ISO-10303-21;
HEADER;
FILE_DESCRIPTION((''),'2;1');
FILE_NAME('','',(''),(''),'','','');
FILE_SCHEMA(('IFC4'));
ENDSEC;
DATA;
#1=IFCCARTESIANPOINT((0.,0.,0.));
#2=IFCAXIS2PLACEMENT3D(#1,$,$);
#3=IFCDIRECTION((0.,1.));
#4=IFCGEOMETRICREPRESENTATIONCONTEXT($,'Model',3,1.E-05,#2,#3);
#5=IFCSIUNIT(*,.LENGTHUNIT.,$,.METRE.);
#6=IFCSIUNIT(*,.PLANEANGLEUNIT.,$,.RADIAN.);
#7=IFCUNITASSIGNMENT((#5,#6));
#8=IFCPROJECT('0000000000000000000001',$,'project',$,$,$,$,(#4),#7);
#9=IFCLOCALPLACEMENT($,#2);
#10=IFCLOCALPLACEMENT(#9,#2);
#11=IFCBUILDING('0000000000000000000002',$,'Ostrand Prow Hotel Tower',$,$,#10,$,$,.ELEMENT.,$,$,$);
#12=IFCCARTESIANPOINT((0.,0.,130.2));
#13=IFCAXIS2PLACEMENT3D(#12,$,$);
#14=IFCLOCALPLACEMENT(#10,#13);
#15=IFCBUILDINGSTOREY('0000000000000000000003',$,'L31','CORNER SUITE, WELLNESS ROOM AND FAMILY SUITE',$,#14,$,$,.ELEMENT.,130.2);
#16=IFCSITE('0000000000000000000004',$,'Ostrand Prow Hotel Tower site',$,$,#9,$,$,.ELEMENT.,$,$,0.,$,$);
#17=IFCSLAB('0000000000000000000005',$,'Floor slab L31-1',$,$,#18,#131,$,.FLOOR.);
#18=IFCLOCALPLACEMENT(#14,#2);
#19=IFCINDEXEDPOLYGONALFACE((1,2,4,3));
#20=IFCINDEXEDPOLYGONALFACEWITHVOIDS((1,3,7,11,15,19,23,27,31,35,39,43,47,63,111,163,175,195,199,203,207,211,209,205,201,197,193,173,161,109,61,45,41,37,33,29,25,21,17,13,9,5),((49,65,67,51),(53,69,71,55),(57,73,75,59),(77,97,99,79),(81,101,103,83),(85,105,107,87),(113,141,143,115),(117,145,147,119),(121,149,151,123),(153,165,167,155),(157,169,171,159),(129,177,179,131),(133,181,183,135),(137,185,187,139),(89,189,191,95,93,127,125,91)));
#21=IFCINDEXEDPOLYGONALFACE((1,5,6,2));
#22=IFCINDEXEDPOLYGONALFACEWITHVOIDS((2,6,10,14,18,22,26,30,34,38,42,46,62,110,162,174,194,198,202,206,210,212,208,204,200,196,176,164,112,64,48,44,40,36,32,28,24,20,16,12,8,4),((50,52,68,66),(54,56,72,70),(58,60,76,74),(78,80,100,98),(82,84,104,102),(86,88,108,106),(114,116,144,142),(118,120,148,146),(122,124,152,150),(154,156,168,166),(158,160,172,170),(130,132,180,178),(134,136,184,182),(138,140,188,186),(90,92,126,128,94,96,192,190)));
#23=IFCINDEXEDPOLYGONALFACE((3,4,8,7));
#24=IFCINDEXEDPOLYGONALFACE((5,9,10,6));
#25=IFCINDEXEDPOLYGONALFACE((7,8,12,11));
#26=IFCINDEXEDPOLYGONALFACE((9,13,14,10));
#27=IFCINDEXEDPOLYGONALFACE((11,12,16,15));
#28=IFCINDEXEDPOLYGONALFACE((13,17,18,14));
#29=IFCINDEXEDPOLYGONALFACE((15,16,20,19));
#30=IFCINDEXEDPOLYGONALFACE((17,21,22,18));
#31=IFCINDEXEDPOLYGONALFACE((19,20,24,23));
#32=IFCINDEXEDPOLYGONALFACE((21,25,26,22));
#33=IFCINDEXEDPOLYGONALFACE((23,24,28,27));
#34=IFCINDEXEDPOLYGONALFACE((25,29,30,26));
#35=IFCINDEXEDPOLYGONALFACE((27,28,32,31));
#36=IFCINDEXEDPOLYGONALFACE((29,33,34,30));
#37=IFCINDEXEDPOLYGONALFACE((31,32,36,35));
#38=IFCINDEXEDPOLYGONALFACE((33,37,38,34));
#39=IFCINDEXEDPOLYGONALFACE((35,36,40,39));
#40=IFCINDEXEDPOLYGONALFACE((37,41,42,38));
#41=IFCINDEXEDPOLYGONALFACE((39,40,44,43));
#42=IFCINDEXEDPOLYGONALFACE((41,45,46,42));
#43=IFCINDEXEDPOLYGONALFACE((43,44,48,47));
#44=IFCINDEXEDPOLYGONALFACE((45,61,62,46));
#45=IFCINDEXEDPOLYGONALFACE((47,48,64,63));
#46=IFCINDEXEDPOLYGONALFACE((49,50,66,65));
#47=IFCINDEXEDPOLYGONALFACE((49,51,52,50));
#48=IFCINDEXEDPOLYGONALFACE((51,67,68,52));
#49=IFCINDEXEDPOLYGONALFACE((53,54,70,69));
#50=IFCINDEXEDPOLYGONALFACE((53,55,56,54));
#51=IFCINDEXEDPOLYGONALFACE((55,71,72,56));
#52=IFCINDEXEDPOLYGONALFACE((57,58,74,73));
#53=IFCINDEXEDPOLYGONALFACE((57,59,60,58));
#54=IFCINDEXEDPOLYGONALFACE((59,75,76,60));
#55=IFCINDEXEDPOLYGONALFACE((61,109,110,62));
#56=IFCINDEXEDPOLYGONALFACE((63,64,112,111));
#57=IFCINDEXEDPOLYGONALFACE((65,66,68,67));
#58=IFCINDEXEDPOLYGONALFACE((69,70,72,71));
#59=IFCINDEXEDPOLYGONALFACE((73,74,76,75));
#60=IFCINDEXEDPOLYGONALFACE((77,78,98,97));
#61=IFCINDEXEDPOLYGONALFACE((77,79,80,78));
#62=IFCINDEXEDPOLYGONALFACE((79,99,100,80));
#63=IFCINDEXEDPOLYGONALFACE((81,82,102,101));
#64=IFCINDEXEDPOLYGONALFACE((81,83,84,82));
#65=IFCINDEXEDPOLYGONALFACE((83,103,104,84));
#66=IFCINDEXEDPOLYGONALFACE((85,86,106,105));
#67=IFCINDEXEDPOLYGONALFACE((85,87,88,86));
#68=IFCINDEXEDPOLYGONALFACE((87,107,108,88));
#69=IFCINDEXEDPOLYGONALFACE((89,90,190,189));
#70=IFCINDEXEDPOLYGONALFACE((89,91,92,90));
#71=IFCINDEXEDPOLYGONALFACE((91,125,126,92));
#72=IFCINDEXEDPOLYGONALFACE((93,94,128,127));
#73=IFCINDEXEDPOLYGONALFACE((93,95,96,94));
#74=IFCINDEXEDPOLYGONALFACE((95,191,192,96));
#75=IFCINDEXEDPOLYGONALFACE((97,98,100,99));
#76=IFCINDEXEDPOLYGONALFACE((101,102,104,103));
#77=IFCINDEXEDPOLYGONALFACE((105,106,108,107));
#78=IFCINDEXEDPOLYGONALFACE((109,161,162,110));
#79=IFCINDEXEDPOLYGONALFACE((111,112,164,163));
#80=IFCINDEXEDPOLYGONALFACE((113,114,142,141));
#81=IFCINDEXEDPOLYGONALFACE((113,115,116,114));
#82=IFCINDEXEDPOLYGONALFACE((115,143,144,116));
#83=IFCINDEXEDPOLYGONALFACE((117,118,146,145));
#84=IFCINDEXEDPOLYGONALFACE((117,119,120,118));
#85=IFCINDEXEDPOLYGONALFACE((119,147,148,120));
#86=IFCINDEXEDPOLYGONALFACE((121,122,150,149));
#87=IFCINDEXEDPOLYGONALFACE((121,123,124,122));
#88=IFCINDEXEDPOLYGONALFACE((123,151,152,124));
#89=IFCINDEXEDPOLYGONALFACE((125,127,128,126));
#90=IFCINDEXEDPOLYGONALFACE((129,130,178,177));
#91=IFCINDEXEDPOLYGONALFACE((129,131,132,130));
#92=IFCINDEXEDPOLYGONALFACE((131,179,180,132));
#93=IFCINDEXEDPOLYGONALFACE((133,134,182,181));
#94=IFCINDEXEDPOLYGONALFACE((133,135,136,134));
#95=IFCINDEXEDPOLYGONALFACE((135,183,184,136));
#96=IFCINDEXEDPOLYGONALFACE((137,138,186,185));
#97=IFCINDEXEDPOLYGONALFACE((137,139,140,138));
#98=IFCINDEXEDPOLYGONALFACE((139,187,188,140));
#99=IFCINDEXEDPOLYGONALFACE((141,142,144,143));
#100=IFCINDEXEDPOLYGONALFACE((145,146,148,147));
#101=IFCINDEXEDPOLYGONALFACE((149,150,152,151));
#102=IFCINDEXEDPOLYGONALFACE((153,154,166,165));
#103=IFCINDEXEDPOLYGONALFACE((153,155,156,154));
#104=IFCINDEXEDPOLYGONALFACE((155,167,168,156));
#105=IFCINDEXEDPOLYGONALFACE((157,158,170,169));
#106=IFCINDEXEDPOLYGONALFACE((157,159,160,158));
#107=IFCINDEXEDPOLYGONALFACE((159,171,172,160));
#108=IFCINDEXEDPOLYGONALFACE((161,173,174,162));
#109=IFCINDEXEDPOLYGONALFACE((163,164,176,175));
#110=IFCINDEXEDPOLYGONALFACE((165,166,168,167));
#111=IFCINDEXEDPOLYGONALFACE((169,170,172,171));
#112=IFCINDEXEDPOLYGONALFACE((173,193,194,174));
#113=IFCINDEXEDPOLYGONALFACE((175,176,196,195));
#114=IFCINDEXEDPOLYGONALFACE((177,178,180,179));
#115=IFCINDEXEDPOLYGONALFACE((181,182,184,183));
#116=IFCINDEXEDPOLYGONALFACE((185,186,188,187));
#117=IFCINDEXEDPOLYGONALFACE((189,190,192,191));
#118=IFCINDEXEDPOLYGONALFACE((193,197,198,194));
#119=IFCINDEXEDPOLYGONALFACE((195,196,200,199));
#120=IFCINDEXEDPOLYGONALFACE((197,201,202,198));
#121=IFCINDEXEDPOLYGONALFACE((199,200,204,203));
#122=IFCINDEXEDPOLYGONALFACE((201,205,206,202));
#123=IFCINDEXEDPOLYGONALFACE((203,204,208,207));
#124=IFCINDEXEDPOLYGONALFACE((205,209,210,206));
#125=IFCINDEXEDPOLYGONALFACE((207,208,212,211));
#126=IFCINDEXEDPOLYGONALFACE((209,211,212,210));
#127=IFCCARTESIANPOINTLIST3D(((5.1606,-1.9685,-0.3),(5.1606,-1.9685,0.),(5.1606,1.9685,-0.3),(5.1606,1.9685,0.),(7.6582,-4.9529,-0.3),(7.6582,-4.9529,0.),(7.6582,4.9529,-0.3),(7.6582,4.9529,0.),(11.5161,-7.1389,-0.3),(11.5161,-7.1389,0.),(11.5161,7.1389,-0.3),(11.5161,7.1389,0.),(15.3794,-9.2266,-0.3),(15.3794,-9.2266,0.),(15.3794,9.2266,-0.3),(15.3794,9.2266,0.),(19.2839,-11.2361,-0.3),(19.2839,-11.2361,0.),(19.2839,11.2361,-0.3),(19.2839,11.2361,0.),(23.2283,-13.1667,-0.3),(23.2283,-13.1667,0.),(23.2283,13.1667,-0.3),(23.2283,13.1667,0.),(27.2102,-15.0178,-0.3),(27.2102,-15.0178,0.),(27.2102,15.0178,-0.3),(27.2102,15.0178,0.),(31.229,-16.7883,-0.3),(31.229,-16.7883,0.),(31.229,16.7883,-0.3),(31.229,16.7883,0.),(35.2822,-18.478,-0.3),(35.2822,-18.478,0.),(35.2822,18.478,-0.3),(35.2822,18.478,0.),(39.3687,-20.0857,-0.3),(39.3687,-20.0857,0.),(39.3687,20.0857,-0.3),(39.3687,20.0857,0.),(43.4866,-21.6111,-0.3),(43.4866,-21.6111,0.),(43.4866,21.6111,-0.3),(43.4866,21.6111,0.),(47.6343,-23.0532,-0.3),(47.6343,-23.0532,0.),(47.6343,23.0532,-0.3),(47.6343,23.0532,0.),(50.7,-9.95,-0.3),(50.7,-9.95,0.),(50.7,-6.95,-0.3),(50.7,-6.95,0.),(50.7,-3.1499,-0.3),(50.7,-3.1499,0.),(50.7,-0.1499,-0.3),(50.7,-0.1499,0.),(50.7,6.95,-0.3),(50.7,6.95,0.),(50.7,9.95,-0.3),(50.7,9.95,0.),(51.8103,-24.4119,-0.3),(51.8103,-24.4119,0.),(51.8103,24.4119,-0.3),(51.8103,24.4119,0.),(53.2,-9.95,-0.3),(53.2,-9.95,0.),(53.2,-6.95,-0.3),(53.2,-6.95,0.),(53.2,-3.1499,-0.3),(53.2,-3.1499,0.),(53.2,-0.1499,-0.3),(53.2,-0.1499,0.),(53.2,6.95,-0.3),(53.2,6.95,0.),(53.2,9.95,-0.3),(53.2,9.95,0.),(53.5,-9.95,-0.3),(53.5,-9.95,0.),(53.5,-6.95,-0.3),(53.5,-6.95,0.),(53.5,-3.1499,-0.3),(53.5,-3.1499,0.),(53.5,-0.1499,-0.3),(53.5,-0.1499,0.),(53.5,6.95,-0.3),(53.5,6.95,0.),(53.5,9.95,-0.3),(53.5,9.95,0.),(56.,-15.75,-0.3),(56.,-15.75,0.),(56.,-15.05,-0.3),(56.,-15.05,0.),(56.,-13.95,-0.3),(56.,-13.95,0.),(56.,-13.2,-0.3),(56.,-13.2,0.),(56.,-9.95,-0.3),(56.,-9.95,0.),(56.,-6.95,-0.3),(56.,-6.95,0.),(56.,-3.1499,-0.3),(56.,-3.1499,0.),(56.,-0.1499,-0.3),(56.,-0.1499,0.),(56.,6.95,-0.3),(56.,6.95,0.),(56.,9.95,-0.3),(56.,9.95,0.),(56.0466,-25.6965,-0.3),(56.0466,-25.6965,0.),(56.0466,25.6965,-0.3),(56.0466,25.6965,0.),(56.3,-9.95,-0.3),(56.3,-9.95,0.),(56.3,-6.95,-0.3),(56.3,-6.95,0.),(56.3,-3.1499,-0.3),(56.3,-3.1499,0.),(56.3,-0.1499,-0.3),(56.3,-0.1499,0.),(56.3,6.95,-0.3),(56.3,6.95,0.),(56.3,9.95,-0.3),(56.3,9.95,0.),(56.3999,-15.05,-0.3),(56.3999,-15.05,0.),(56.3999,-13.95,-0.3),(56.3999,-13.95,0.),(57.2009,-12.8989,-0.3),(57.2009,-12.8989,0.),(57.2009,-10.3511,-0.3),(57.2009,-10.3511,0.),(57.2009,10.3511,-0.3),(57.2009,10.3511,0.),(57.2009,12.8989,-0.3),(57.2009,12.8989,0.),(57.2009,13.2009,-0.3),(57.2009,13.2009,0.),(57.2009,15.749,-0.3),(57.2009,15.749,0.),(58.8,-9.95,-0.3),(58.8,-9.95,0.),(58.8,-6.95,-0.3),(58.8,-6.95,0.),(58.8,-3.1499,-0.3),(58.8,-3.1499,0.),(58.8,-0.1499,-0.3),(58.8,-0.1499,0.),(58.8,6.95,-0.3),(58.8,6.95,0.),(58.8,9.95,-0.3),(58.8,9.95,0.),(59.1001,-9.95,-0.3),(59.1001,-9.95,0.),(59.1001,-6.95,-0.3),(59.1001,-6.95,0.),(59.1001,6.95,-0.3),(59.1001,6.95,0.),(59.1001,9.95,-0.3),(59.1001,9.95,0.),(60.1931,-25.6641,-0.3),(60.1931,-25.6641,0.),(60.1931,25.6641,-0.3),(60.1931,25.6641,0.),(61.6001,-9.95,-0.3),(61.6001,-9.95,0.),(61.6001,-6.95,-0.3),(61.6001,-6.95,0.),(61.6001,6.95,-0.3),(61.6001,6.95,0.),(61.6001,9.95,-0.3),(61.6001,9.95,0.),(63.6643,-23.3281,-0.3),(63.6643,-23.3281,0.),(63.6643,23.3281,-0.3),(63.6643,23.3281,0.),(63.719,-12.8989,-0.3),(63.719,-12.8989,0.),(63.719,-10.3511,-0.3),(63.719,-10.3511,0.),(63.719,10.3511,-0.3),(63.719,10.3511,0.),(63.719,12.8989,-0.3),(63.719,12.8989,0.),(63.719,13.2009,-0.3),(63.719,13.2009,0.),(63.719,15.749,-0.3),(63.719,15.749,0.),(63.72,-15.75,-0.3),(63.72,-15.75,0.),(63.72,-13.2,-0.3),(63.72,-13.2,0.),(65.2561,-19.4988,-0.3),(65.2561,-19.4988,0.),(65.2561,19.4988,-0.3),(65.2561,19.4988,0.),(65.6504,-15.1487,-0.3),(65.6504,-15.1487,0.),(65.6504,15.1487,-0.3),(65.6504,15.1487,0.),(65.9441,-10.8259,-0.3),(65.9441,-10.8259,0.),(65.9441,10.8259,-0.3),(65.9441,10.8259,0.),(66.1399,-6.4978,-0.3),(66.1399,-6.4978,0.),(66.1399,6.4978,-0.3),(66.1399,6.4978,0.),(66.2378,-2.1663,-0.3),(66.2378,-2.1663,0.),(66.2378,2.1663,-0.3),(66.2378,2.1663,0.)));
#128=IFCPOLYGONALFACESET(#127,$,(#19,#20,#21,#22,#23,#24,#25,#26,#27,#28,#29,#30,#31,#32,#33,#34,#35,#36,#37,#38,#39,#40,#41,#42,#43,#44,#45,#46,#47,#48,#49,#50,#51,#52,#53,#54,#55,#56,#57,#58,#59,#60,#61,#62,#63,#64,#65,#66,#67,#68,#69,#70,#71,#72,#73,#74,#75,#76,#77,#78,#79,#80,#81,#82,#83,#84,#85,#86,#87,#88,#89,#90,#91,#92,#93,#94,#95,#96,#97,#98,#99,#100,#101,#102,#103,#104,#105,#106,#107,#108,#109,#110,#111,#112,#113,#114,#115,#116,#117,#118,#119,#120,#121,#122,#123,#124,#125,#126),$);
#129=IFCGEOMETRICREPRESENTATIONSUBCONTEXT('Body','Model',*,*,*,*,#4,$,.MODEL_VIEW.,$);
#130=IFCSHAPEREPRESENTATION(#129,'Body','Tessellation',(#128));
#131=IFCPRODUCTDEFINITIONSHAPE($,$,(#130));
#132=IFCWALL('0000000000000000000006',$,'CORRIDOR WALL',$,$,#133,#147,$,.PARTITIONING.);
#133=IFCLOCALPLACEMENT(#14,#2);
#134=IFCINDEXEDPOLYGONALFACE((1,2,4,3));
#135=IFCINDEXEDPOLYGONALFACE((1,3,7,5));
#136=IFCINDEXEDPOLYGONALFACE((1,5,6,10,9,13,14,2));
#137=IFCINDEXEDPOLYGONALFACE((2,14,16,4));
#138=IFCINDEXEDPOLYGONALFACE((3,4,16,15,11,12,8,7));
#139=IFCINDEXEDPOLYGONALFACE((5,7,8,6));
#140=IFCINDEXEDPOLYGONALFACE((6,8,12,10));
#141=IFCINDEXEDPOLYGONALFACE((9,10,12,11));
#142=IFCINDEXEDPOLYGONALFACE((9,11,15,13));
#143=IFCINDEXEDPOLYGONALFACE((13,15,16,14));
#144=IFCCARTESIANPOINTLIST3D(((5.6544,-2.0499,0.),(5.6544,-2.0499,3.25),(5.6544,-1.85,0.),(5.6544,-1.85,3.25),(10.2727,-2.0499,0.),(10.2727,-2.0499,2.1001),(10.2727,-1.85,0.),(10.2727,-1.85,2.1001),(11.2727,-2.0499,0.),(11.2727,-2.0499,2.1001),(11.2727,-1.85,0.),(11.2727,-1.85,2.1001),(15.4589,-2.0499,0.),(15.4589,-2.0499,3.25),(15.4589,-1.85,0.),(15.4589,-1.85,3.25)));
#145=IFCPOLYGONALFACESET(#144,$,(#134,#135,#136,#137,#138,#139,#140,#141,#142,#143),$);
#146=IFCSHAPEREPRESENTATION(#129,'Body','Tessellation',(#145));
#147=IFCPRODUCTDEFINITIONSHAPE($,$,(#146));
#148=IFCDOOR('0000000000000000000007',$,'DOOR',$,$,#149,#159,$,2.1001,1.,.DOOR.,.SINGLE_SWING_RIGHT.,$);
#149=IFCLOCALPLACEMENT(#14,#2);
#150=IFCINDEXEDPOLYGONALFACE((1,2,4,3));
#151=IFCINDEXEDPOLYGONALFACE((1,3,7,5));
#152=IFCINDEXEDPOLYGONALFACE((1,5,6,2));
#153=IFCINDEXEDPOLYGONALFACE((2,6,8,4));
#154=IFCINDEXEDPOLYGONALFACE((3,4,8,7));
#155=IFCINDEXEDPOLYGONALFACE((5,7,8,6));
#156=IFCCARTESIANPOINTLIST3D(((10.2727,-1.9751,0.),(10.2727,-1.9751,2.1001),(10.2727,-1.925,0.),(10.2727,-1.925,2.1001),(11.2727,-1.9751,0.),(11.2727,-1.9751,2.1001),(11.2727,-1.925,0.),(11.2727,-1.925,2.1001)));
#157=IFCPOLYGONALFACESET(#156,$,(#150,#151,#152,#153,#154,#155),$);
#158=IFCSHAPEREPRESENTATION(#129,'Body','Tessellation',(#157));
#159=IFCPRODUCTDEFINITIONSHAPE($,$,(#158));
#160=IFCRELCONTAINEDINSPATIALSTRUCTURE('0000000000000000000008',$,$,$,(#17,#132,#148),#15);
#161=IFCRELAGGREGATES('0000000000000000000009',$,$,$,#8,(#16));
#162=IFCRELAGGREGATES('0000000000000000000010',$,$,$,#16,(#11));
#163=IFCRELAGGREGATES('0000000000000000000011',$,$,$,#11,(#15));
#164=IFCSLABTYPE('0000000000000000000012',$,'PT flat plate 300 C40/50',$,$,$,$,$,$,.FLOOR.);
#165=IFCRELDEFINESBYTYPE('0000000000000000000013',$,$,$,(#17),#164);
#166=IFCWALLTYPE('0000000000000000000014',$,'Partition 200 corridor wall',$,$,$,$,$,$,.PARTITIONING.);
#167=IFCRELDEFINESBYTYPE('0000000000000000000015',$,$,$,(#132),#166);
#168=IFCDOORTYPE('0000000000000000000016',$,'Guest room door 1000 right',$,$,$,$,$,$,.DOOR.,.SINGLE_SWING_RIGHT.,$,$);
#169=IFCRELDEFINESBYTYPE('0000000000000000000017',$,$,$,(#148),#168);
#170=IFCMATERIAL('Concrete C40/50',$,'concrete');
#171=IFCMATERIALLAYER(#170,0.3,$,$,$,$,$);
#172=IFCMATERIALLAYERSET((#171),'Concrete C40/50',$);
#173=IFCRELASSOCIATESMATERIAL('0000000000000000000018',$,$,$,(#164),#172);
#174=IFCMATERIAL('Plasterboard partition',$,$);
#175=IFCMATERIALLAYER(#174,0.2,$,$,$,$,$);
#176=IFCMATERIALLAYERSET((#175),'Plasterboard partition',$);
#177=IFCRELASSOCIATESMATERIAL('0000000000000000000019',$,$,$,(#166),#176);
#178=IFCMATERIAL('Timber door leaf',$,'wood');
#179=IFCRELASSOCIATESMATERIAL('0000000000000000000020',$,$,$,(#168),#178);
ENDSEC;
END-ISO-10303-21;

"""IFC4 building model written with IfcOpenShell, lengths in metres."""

from ifc_helpers import new_model, si_unit, direction, frame, frame_2d, origin, place, context, subcontext, project, spatial, polyline, rectangle, outline, extrude, material, layer, layer_set, type_object, element, fill, save


model = new_model("IFC4")

# Units and contexts
model_context = context("Model", 3, precision=1e-05, world=origin(), true_north=direction((0.0, 1.0)))
body_context = subcontext(model_context, "Body", "Model", "MODEL_VIEW")
ifc_project = project(units=[si_unit("LENGTHUNIT", "METRE"), si_unit("PLANEANGLEUNIT", "RADIAN")], contexts=[model_context])

# Site, building, storey
site_placement = place(None, origin())
site = spatial("IfcSite", under=ifc_project, at=site_placement, Name="Ostrand Prow Hotel Tower site", CompositionType="ELEMENT", RefElevation=0.0)
building_placement = place(site_placement, origin())
building = spatial("IfcBuilding", under=site, at=building_placement, Name="Ostrand Prow Hotel Tower", CompositionType="ELEMENT")
storey_placement = place(building_placement, frame((0.0, 0.0, 130.2)))
storey = spatial("IfcBuildingStorey", under=building, at=storey_placement, Name="L31", Description="CORNER SUITE, WELLNESS ROOM AND FAMILY SUITE", CompositionType="ELEMENT", Elevation=130.2)

# Slab, opening
ifc_material_1 = material(Name="Concrete C40/50", Category="concrete")
ifc_layer_1 = layer(ifc_material_1, 0.3)
ifc_layer_set_1 = layer_set([ifc_layer_1], Name="Concrete C40/50")
slab_type = type_object("IfcSlabType", Name="PT flat plate 300 C40/50", PredefinedType="FLOOR", material=ifc_layer_set_1)
slab_placement = place(storey_placement, frame((0.0, 0.0, -0.3)))
slab = element("IfcSlab", 1, at=slab_placement, inside=storey, type_object=slab_type, Name="Floor slab L31-1", PredefinedType="FLOOR", context=body_context, shape_type="SweptSolid", body=[
    extrude(outline(polyline([(7.6582, 4.9529), (11.5161, 7.1389), (15.3794, 9.2266), (19.2839, 11.2361), (23.2283, 13.1667), (27.2102, 15.0178), (31.229, 16.7883), (35.2822, 18.478), (39.3687, 20.0857), (43.4866, 21.6111), (47.6343, 23.0532), (51.8103, 24.4119), (56.0466, 25.6965), (60.1931, 25.6641), (63.6643, 23.3281), (65.2561, 19.4988), (65.6504, 15.1487), (65.9441, 10.8259), (66.1399, 6.4978), (66.2378, 2.1663), (66.2378, -2.1663), (66.1399, -6.4978), (65.9441, -10.8259), (65.6504, -15.1487), (65.2561, -19.4988), (63.6643, -23.3281), (60.1931, -25.6641), (56.0466, -25.6965), (51.8103, -24.4119), (47.6343, -23.0532), (43.4866, -21.6111), (39.3687, -20.0857), (35.2822, -18.478), (31.229, -16.7883), (27.2102, -15.0178), (23.2283, -13.1667), (19.2839, -11.2361), (15.3794, -9.2266), (11.5161, -7.1389), (7.6582, -4.9529), (5.1606, -1.9685), (5.1606, 1.9685), (7.6582, 4.9529)]), holes=[polyline([(50.7, 6.95), (53.2, 6.95), (53.2, 9.95), (50.7, 9.95), (50.7, 6.95)]), polyline([(53.5, 6.95), (56.0, 6.95), (56.0, 9.95), (53.5, 9.95), (53.5, 6.95)]), polyline([(56.3, 6.95), (58.8, 6.95), (58.8, 9.95), (56.3, 9.95), (56.3, 6.95)]), polyline([(59.1001, 6.95), (61.6001, 6.95), (61.6001, 9.95), (59.1001, 9.95), (59.1001, 6.95)]), polyline([(50.7, -3.1499), (53.2, -3.1499), (53.2, -0.1499), (50.7, -0.1499), (50.7, -3.1499)]), polyline([(53.5, -3.1499), (56.0, -3.1499), (56.0, -0.1499), (53.5, -0.1499), (53.5, -3.1499)]), polyline([(56.3, -3.1499), (58.8, -3.1499), (58.8, -0.1499), (56.3, -0.1499), (56.3, -3.1499)]), polyline([(50.7, -9.95), (53.2, -9.95), (53.2, -6.95), (50.7, -6.95), (50.7, -9.95)]), polyline([(53.5, -9.95), (56.0, -9.95), (56.0, -6.95), (53.5, -6.95), (53.5, -9.95)]), polyline([(56.3, -9.95), (58.8, -9.95), (58.8, -6.95), (56.3, -6.95), (56.3, -9.95)]), polyline([(59.1001, -9.95), (61.6001, -9.95), (61.6001, -6.95), (59.1001, -6.95), (59.1001, -9.95)]), polyline([(57.2009, 10.3511), (57.2009, 12.8989), (63.719, 12.8989), (63.719, 10.3511), (57.2009, 10.3511)]), polyline([(57.2009, 13.2009), (57.2009, 15.749), (63.719, 15.749), (63.719, 13.2009), (57.2009, 13.2009)]), polyline([(57.2009, -12.8989), (57.2009, -10.3511), (63.719, -10.3511), (63.719, -12.8989), (57.2009, -12.8989)]), polyline([(56.0, -13.2), (63.72, -13.2), (63.72, -15.75), (56.0, -15.75), (56.0, -15.05), (56.3999, -15.05), (56.3999, -13.95), (56.0, -13.95), (56.0, -13.2)])]), origin(), (0.0, 0.0, 1.0), 0.3),
])
opening_1_placement = place(slab_placement, origin())
element("IfcOpeningElement", 2, at=opening_1_placement, cuts=slab, PredefinedType="OPENING", context=body_context, shape_type="SweptSolid", body=[
    extrude(outline(polyline([(56.0, -13.2), (63.72, -13.2), (63.72, -15.75), (56.0, -15.75), (56.0, -15.05), (56.3999, -15.05), (56.3999, -13.95), (56.0, -13.95), (56.0, -13.2)])), origin(), (0.0, 0.0, 1.0), 0.3),
])

# Wall, opening, door
ifc_material_2 = material(Name="Plasterboard partition")
ifc_layer_2 = layer(ifc_material_2, 0.2)
ifc_layer_set_2 = layer_set([ifc_layer_2], Name="Plasterboard partition")
wall_type_1 = type_object("IfcWallType", Name="Partition 200 corridor wall", PredefinedType="PARTITIONING", material=ifc_layer_set_2)
wall_1_placement = place(storey_placement, frame((5.6543, -1.95, 0.0), z_axis=(0.0, 0.0, 1.0), x_axis=(1.0, 0.0, 0.0)))
wall_1 = element("IfcWall", 3, at=wall_1_placement, inside=storey, type_object=wall_type_1, Name="CORRIDOR WALL", PredefinedType="PARTITIONING", context=body_context, shape_type="SweptSolid", body=[
    extrude(rectangle(XDim=9.8044, YDim=0.2, at=frame_2d((4.9023, 0.0))), origin(), (0.0, 0.0, 1.0), 3.25),
])
opening_2_placement = place(wall_1_placement, frame((4.6184, 0.0, 0.0)))
opening_2 = element("IfcOpeningElement", 4, at=opening_2_placement, cuts=wall_1, PredefinedType="OPENING", context=body_context, shape_type="SweptSolid", body=[
    extrude(rectangle(XDim=1.0, YDim=2.1001, at=frame_2d((0.5, 1.05))), frame((0.0, 0.1099, 0.0), z_axis=(0.0, -1.0, 0.0), x_axis=(1.0, 0.0, 0.0)), (0.0, 0.0, 1.0), 0.22),
])
ifc_material_3 = material(Name="Timber door leaf", Category="wood")
door_type = type_object("IfcDoorType", Name="Guest room door 1000 right", OperationType="SINGLE_SWING_RIGHT", PredefinedType="DOOR", material=ifc_material_3)
door_placement = place(opening_2_placement, origin())
door = element("IfcDoor", 5, at=door_placement, inside=storey, type_object=door_type, Name="DOOR", OperationType="SINGLE_SWING_RIGHT", OverallHeight=2.1001, OverallWidth=1.0, PredefinedType="DOOR", context=body_context, shape_type="SweptSolid", body=[
    extrude(rectangle(XDim=1.0, YDim=2.1001, at=frame_2d((0.5, 1.05))), frame((0.0, 0.0249, 0.0), z_axis=(0.0, -1.0, 0.0), x_axis=(1.0, 0.0, 0.0)), (0.0, 0.0, 1.0), 0.05),
])
fill(opening_2, door)

save(model, "model.ifc")
